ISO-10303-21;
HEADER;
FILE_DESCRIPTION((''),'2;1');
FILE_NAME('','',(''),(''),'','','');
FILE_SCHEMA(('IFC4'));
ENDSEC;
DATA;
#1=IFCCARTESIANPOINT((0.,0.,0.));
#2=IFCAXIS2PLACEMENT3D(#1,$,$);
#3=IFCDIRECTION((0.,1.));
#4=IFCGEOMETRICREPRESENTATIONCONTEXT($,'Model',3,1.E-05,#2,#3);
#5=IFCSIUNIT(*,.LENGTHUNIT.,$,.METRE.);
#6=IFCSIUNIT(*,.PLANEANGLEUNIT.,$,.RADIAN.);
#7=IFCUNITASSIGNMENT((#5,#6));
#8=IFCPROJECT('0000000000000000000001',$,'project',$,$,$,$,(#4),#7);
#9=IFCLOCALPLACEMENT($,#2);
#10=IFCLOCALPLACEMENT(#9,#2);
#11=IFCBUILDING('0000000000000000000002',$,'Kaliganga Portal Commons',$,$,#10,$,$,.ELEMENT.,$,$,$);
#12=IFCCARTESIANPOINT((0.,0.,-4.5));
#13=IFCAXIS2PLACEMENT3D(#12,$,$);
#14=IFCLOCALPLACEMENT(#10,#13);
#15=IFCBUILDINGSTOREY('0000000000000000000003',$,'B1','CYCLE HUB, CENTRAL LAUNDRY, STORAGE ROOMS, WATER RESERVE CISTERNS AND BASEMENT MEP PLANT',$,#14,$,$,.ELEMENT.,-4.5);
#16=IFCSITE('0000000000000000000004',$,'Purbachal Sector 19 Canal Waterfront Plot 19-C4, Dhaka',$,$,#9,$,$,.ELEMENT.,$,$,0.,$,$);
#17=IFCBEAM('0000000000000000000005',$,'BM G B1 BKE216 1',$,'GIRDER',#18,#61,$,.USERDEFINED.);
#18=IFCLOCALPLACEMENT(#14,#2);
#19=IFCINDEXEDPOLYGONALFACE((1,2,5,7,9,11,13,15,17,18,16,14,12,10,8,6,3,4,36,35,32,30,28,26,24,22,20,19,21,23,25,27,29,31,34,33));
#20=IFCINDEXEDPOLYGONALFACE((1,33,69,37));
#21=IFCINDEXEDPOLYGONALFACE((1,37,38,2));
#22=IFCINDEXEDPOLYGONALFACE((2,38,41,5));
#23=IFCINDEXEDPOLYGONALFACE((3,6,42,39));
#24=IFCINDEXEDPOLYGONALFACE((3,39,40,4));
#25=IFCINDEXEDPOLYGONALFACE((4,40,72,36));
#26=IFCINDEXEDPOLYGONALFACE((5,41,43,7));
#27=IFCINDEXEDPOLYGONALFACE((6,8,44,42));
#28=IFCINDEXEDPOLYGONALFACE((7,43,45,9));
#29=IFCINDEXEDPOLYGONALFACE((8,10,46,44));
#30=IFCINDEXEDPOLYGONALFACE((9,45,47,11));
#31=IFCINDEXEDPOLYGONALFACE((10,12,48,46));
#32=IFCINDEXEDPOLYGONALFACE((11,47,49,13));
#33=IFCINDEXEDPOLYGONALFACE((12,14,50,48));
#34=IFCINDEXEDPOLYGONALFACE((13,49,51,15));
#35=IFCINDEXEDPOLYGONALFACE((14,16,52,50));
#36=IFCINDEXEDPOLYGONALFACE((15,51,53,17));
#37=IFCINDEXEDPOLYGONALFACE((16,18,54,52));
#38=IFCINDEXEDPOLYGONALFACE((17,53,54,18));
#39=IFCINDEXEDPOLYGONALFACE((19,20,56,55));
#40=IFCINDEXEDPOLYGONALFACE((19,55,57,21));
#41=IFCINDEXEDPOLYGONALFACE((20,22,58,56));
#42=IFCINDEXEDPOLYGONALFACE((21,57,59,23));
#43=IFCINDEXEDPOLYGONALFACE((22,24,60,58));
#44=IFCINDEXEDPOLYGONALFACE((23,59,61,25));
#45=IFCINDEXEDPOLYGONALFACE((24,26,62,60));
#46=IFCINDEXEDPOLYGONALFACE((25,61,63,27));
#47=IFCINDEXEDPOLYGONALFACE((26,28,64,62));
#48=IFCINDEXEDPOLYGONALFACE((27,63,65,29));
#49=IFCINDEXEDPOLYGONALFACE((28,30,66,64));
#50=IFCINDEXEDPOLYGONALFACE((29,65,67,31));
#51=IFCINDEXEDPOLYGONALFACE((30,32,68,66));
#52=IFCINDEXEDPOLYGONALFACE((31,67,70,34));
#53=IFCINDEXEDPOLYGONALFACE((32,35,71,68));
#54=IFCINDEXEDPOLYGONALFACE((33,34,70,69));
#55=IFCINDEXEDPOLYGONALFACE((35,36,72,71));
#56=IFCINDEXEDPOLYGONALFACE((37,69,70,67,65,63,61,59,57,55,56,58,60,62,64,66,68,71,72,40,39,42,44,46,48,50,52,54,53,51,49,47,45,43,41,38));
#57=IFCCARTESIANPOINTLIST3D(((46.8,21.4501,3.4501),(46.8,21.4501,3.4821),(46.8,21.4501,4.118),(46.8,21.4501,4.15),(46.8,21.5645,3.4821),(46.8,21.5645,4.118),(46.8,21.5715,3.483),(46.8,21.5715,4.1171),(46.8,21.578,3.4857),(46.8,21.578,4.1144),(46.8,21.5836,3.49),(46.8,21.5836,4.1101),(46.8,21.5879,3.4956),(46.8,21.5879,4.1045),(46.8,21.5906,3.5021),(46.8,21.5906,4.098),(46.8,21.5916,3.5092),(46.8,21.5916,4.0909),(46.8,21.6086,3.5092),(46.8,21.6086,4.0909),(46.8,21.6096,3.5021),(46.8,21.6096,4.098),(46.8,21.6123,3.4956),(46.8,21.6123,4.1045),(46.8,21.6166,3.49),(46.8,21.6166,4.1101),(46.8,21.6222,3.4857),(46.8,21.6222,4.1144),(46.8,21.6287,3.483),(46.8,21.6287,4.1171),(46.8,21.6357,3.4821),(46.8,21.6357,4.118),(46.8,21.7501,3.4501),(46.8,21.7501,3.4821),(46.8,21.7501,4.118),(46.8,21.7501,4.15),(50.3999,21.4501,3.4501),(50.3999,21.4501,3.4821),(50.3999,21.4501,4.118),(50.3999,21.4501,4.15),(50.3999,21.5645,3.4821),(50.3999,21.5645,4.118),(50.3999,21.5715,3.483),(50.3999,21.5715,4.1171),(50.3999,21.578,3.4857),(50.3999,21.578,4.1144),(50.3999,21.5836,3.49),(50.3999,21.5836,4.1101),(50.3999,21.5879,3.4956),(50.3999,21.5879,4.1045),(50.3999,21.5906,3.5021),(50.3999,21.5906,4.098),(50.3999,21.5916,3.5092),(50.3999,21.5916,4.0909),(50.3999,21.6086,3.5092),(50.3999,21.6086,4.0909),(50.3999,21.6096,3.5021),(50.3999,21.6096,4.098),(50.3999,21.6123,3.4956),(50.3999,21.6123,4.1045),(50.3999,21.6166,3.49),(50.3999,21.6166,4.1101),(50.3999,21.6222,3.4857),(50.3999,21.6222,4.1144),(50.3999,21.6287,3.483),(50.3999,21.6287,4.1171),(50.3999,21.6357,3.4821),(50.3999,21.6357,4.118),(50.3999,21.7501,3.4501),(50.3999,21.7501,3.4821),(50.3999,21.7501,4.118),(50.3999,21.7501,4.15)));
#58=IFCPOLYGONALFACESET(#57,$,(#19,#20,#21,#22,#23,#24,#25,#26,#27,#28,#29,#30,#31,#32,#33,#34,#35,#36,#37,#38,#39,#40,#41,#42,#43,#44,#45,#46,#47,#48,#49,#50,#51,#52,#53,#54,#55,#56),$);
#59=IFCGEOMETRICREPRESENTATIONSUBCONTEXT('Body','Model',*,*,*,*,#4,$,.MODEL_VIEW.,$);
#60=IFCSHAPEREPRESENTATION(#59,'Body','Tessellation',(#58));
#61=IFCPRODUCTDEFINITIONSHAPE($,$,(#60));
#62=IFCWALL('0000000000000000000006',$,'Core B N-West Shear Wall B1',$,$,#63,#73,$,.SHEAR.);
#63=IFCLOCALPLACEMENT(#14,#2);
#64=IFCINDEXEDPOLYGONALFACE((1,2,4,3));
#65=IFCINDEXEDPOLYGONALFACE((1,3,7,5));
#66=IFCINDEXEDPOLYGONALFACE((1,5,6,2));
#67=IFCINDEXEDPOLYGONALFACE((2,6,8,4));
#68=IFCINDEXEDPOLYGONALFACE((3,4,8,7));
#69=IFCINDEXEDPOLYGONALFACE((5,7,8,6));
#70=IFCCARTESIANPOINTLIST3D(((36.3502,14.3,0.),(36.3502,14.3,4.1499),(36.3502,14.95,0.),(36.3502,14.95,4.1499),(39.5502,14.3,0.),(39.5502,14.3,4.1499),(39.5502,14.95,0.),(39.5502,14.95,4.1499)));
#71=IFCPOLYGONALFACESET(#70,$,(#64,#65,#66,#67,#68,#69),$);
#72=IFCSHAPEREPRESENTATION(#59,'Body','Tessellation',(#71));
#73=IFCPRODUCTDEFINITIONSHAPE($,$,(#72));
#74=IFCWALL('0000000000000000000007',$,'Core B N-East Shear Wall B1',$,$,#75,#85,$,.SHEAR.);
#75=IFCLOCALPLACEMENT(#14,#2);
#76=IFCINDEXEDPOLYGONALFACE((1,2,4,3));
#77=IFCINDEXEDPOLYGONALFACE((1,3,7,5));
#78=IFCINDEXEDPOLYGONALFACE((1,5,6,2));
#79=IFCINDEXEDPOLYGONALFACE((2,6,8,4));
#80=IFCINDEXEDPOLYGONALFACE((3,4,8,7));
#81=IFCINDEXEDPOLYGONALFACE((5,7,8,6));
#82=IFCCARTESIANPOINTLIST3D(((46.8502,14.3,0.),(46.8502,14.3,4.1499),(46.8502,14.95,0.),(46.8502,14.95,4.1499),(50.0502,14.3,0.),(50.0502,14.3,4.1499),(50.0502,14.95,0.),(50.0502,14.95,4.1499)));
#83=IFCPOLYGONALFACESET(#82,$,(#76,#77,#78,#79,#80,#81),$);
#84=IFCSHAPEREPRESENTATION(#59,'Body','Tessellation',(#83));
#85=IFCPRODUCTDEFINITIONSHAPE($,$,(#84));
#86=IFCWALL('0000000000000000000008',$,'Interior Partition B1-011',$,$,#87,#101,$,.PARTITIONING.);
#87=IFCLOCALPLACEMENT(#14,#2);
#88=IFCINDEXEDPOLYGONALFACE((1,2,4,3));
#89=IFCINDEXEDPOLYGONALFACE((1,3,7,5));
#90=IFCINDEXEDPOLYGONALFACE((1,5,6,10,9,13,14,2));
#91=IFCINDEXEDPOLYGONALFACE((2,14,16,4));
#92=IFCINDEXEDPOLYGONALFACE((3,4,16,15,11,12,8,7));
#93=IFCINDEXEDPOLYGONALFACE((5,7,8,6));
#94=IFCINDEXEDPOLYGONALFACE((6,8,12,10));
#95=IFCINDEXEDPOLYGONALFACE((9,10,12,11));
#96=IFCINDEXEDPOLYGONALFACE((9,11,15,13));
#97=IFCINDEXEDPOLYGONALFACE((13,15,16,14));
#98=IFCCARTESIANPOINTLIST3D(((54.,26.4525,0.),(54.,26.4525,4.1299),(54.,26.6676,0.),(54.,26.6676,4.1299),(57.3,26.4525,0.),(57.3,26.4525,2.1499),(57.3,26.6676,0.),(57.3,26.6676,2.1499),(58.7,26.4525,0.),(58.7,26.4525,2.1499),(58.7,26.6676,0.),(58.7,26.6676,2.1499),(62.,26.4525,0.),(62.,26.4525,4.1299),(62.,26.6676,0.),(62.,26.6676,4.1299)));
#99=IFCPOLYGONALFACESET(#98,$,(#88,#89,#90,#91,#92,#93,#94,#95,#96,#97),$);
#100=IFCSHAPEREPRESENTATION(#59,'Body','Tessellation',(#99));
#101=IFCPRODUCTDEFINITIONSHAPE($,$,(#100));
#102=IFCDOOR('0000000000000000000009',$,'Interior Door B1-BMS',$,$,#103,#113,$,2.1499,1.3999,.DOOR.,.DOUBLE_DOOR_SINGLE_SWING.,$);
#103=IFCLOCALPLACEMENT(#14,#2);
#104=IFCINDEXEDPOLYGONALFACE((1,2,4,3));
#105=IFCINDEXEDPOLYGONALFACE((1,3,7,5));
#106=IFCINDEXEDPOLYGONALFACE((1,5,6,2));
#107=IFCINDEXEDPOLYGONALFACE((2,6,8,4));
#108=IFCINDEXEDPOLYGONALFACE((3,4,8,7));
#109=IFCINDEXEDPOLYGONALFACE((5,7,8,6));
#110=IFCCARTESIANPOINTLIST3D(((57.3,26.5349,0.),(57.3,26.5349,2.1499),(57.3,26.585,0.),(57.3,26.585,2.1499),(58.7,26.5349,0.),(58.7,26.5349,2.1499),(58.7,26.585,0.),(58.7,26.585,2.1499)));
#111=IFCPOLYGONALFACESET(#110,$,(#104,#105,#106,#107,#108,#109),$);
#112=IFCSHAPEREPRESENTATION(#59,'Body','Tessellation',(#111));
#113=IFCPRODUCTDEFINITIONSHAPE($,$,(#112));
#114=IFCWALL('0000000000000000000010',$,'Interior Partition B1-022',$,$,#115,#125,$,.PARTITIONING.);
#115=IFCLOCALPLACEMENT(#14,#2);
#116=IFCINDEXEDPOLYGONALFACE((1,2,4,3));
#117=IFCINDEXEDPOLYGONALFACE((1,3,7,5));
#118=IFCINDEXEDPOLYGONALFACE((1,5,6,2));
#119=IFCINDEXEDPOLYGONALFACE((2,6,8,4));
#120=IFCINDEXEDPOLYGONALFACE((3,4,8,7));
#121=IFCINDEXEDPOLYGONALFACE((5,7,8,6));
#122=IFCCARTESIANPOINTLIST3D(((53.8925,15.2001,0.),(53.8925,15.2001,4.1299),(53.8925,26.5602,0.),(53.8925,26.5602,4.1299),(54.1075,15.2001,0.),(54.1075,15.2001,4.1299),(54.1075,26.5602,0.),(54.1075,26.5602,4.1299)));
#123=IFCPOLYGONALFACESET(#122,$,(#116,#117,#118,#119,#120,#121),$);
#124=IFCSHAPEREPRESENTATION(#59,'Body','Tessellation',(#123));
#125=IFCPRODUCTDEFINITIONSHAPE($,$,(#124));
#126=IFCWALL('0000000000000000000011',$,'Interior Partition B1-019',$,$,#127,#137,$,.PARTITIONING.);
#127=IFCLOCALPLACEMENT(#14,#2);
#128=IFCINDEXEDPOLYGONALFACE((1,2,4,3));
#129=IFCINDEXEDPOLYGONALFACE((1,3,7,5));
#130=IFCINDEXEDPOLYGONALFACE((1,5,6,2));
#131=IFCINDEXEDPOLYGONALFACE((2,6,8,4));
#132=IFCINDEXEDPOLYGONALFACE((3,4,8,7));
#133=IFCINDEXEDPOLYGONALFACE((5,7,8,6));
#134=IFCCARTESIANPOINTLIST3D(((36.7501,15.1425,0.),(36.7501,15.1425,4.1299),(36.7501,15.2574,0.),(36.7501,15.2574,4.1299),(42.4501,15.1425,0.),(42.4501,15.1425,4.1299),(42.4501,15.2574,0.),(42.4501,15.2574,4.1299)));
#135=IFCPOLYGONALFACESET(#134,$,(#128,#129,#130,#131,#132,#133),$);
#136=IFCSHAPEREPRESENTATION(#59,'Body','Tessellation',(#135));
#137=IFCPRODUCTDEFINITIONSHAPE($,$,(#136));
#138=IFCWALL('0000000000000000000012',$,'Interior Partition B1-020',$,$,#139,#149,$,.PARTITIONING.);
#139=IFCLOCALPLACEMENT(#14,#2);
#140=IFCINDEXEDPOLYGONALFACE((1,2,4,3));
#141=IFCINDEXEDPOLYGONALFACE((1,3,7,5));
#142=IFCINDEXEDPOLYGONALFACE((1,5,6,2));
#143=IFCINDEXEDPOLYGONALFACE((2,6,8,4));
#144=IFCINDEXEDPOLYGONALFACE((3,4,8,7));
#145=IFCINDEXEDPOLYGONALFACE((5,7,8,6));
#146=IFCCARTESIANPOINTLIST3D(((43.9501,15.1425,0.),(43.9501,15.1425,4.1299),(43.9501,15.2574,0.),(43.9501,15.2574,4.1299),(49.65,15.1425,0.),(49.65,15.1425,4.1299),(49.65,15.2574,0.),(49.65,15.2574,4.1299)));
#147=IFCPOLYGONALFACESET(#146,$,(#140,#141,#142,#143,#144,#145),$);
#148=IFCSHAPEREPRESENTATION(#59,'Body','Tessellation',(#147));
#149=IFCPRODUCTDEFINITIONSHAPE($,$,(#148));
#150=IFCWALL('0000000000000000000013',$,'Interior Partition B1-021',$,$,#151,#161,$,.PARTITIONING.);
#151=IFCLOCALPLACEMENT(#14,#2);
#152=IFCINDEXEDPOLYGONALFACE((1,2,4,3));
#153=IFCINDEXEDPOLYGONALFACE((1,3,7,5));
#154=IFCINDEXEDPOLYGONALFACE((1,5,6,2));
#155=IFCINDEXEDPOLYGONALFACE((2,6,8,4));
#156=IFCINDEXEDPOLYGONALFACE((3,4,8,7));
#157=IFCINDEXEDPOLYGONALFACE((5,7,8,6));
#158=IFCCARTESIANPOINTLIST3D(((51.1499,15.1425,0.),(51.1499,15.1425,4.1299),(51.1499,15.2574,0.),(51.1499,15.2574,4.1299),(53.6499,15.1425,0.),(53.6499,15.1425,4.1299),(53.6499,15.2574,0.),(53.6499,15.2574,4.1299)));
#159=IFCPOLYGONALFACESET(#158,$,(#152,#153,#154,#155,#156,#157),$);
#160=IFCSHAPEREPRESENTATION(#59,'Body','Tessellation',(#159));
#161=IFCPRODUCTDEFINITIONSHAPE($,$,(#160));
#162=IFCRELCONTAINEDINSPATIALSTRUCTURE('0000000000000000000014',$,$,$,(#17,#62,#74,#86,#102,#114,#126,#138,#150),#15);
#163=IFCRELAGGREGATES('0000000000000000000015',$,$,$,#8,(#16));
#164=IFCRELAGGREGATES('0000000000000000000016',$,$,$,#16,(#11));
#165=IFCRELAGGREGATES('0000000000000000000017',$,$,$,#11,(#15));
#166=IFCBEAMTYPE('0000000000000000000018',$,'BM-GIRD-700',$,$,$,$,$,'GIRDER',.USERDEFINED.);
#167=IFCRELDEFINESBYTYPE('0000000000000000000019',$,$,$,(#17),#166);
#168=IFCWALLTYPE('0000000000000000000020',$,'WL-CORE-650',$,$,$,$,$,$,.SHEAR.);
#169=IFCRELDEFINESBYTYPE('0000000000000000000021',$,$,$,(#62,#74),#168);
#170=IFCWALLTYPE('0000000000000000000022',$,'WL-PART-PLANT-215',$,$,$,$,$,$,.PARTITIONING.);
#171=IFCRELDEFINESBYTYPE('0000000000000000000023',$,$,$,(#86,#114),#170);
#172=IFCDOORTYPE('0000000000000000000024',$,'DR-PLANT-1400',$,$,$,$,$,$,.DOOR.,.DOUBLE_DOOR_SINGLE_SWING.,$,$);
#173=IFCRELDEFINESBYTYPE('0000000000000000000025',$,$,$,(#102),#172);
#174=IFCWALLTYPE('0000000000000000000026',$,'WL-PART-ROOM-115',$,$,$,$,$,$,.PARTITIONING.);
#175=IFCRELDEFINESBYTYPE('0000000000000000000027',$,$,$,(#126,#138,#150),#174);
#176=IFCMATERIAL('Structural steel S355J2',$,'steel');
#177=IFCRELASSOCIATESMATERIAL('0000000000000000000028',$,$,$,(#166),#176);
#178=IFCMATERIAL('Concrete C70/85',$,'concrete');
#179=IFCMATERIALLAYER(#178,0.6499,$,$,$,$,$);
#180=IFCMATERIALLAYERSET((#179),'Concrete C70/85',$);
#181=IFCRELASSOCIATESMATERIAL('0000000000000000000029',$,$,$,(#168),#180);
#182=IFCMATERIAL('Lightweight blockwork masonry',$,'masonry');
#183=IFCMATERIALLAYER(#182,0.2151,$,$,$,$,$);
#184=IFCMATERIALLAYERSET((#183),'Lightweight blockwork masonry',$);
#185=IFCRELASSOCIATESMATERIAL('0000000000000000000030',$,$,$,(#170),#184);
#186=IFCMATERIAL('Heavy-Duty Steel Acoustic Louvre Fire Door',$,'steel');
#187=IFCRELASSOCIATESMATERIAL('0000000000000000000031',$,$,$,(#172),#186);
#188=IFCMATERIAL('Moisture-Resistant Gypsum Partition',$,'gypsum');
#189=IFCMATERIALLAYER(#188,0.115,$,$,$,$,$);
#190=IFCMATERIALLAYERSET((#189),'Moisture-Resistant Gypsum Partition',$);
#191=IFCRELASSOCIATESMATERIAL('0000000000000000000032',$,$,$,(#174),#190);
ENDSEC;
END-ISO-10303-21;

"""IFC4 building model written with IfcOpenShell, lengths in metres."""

from ifc_helpers import new_model, si_unit, direction, frame, frame_2d, origin, origin_2d, place, context, subcontext, project, spatial, rectangle, i_section, extrude, source, transform, mapped, material, layer, layer_set, material_profile, profile_set, type_object, element, fill, save


model = new_model("IFC4")

# Units and contexts
model_context = context("Model", 3, precision=1e-05, world=origin(), true_north=direction((0.0, 1.0)))
body_context = subcontext(model_context, "Body", "Model", "MODEL_VIEW")
ifc_project = project(units=[si_unit("LENGTHUNIT", "METRE"), si_unit("PLANEANGLEUNIT", "RADIAN")], contexts=[model_context])

# Site, building, storey
site_placement = place(None, origin())
site = spatial("IfcSite", under=ifc_project, at=site_placement, Name="Purbachal Sector 19 Canal Waterfront Plot 19-C4, Dhaka", CompositionType="ELEMENT", RefElevation=0.0)
building_placement = place(site_placement, origin())
building = spatial("IfcBuilding", under=site, at=building_placement, Name="Kaliganga Portal Commons", CompositionType="ELEMENT")
storey_placement = place(building_placement, frame((0.0, 0.0, -4.5)))
storey = spatial("IfcBuildingStorey", under=building, at=storey_placement, Name="B1", Description="CYCLE HUB, CENTRAL LAUNDRY, STORAGE ROOMS, WATER RESERVE CISTERNS AND BASEMENT MEP PLANT", CompositionType="ELEMENT", Elevation=-4.5)

# Shared definitions
ifc_material_1 = material(Name="Concrete C70/85", Category="concrete")

# Beam
ifc_material_2 = material(Name="Structural steel S355J2", Category="steel")
ifc_material_profile_1 = material_profile(ifc_material_2, i_section(OverallWidth=0.3, OverallDepth=0.7, WebThickness=0.0171, FlangeThickness=0.032, FilletRadius=0.0271, at=origin_2d()), Name="HE 700 B")
ifc_profile_set_1 = profile_set([ifc_material_profile_1], Name="Structural steel S355J2 wide-flange")
beam_type_1 = type_object("IfcBeamType", Name="BM-GIRD-700", ElementType="GIRDER", PredefinedType="USERDEFINED", material=ifc_profile_set_1)
shared_shape_1 = source(origin(), body_context, "Body", "SweptSolid", [
    extrude(i_section(OverallWidth=0.3, OverallDepth=0.7, WebThickness=0.0171, FlangeThickness=0.032, FilletRadius=0.0271, at=origin_2d()), origin(), (0.0, 0.0, 1.0), 3.5999),
])
beam_1_placement = place(storey_placement, frame((46.8, 21.6001, 3.8), z_axis=(1.0, 0.0, 0.0), x_axis=(0.0, 1.0, 0.0)))
element("IfcBeam", 1, at=beam_1_placement, inside=storey, type_object=beam_type_1, Name="BM G B1 BKE216 1", ObjectType="GIRDER", PredefinedType="USERDEFINED", context=body_context, shape_type="MappedRepresentation", body=[
    mapped(shared_shape_1, transform((0.0, 0.0, 0.0), x_axis=(1.0, 0.0, 0.0), y_axis=(0.0, 1.0, 0.0), z_axis=(0.0, 0.0, 1.0), scale=1.0)),
])

# Walls
ifc_layer_1 = layer(ifc_material_1, 0.6499)
ifc_layer_set_1 = layer_set([ifc_layer_1], Name="Concrete C70/85")
wall_type_1 = type_object("IfcWallType", Name="WL-CORE-650", PredefinedType="SHEAR", material=ifc_layer_set_1)
for number, where, z_axis, x_axis, name in (
    (2, (36.3501, 14.625, 0.0), (0.0, 0.0, 1.0), (1.0, 0.0, 0.0), "Core B N-West Shear Wall B1"),
    (3, (46.8501, 14.625, 0.0), (0.0, 0.0, 1.0), (1.0, 0.0, 0.0), "Core B N-East Shear Wall B1"),
):
    element("IfcWall", number, at=place(storey_placement, frame(where, z_axis=z_axis, x_axis=x_axis)), inside=storey, type_object=wall_type_1, Name=name, PredefinedType="SHEAR", context=body_context, shape_type="SweptSolid", body=[
        extrude(rectangle(XDim=3.2, YDim=0.6499, at=frame_2d((1.6001, 0.0))), origin(), (0.0, 0.0, 1.0), 4.1499),
    ])

# Wall, opening, door
ifc_material_3 = material(Name="Lightweight blockwork masonry", Category="masonry")
ifc_layer_2 = layer(ifc_material_3, 0.2151)
ifc_layer_set_2 = layer_set([ifc_layer_2], Name="Lightweight blockwork masonry")
wall_type_2 = type_object("IfcWallType", Name="WL-PART-PLANT-215", PredefinedType="PARTITIONING", material=ifc_layer_set_2)
wall_1_placement = place(storey_placement, frame((54.0, 26.5601, 0.0), z_axis=(0.0, 0.0, 1.0), x_axis=(1.0, 0.0, 0.0)))
wall_1 = element("IfcWall", 4, at=wall_1_placement, inside=storey, type_object=wall_type_2, Name="Interior Partition B1-011", PredefinedType="PARTITIONING", context=body_context, shape_type="SweptSolid", body=[
    extrude(rectangle(XDim=8.0, YDim=0.2151, at=frame_2d((4.0, 0.0))), origin(), (0.0, 0.0, 1.0), 4.1299),
])
opening_placement = place(wall_1_placement, frame((3.3, 0.0, 0.0)))
opening = element("IfcOpeningElement", 5, at=opening_placement, cuts=wall_1, PredefinedType="OPENING", context=body_context, shape_type="SweptSolid", body=[
    extrude(rectangle(XDim=1.3999, YDim=2.1499, at=frame_2d((0.7, 1.075))), frame((0.0, 0.1177, 0.0), z_axis=(0.0, -1.0, 0.0), x_axis=(1.0, 0.0, 0.0)), (0.0, 0.0, 1.0), 0.2351),
])
ifc_material_4 = material(Name="Heavy-Duty Steel Acoustic Louvre Fire Door", Category="steel")
door_type = type_object("IfcDoorType", Name="DR-PLANT-1400", OperationType="DOUBLE_DOOR_SINGLE_SWING", PredefinedType="DOOR", material=ifc_material_4)
door_placement = place(opening_placement, origin())
door = element("IfcDoor", 6, at=door_placement, inside=storey, type_object=door_type, Name="Interior Door B1-BMS", OperationType="DOUBLE_DOOR_SINGLE_SWING", OverallHeight=2.1499, OverallWidth=1.3999, PredefinedType="DOOR", context=body_context, shape_type="SweptSolid", body=[
    extrude(rectangle(XDim=1.3999, YDim=2.1499, at=frame_2d((0.7, 1.075))), frame((0.0, 0.0249, 0.0), z_axis=(0.0, -1.0, 0.0), x_axis=(1.0, 0.0, 0.0)), (0.0, 0.0, 1.0), 0.05),
])
fill(opening, door)

# Walls
wall_2_placement = place(storey_placement, frame((54.0, 15.2, 0.0), z_axis=(0.0, 0.0, 1.0), x_axis=(0.0, 1.0, 0.0)))
element("IfcWall", 7, at=wall_2_placement, inside=storey, type_object=wall_type_2, Name="Interior Partition B1-022", PredefinedType="PARTITIONING", context=body_context, shape_type="SweptSolid", body=[
    extrude(rectangle(XDim=11.3601, YDim=0.2151, at=frame_2d((5.6802, 0.0))), origin(), (0.0, 0.0, 1.0), 4.1299),
])
ifc_material_5 = material(Name="Moisture-Resistant Gypsum Partition", Category="gypsum")
ifc_layer_3 = layer(ifc_material_5, 0.115)
ifc_layer_set_3 = layer_set([ifc_layer_3], Name="Moisture-Resistant Gypsum Partition")
wall_type_3 = type_object("IfcWallType", Name="WL-PART-ROOM-115", PredefinedType="PARTITIONING", material=ifc_layer_set_3)
for number, where, z_axis, x_axis, name in (
    (8, (36.75, 15.2, 0.0), (0.0, 0.0, 1.0), (1.0, 0.0, 0.0), "Interior Partition B1-019"),
    (9, (43.95, 15.2, 0.0), (0.0, 0.0, 1.0), (1.0, 0.0, 0.0), "Interior Partition B1-020"),
):
    element("IfcWall", number, at=place(storey_placement, frame(where, z_axis=z_axis, x_axis=x_axis)), inside=storey, type_object=wall_type_3, Name=name, PredefinedType="PARTITIONING", context=body_context, shape_type="SweptSolid", body=[
        extrude(rectangle(XDim=5.7, YDim=0.115, at=frame_2d((2.8501, 0.0))), origin(), (0.0, 0.0, 1.0), 4.1299),
    ])
wall_3_placement = place(storey_placement, frame((51.1499, 15.2, 0.0), z_axis=(0.0, 0.0, 1.0), x_axis=(1.0, 0.0, 0.0)))
element("IfcWall", 10, at=wall_3_placement, inside=storey, type_object=wall_type_3, Name="Interior Partition B1-021", PredefinedType="PARTITIONING", context=body_context, shape_type="SweptSolid", body=[
    extrude(rectangle(XDim=2.5, YDim=0.115, at=frame_2d((1.25, 0.0))), origin(), (0.0, 0.0, 1.0), 4.1299),
])

save(model, "model.ifc")
